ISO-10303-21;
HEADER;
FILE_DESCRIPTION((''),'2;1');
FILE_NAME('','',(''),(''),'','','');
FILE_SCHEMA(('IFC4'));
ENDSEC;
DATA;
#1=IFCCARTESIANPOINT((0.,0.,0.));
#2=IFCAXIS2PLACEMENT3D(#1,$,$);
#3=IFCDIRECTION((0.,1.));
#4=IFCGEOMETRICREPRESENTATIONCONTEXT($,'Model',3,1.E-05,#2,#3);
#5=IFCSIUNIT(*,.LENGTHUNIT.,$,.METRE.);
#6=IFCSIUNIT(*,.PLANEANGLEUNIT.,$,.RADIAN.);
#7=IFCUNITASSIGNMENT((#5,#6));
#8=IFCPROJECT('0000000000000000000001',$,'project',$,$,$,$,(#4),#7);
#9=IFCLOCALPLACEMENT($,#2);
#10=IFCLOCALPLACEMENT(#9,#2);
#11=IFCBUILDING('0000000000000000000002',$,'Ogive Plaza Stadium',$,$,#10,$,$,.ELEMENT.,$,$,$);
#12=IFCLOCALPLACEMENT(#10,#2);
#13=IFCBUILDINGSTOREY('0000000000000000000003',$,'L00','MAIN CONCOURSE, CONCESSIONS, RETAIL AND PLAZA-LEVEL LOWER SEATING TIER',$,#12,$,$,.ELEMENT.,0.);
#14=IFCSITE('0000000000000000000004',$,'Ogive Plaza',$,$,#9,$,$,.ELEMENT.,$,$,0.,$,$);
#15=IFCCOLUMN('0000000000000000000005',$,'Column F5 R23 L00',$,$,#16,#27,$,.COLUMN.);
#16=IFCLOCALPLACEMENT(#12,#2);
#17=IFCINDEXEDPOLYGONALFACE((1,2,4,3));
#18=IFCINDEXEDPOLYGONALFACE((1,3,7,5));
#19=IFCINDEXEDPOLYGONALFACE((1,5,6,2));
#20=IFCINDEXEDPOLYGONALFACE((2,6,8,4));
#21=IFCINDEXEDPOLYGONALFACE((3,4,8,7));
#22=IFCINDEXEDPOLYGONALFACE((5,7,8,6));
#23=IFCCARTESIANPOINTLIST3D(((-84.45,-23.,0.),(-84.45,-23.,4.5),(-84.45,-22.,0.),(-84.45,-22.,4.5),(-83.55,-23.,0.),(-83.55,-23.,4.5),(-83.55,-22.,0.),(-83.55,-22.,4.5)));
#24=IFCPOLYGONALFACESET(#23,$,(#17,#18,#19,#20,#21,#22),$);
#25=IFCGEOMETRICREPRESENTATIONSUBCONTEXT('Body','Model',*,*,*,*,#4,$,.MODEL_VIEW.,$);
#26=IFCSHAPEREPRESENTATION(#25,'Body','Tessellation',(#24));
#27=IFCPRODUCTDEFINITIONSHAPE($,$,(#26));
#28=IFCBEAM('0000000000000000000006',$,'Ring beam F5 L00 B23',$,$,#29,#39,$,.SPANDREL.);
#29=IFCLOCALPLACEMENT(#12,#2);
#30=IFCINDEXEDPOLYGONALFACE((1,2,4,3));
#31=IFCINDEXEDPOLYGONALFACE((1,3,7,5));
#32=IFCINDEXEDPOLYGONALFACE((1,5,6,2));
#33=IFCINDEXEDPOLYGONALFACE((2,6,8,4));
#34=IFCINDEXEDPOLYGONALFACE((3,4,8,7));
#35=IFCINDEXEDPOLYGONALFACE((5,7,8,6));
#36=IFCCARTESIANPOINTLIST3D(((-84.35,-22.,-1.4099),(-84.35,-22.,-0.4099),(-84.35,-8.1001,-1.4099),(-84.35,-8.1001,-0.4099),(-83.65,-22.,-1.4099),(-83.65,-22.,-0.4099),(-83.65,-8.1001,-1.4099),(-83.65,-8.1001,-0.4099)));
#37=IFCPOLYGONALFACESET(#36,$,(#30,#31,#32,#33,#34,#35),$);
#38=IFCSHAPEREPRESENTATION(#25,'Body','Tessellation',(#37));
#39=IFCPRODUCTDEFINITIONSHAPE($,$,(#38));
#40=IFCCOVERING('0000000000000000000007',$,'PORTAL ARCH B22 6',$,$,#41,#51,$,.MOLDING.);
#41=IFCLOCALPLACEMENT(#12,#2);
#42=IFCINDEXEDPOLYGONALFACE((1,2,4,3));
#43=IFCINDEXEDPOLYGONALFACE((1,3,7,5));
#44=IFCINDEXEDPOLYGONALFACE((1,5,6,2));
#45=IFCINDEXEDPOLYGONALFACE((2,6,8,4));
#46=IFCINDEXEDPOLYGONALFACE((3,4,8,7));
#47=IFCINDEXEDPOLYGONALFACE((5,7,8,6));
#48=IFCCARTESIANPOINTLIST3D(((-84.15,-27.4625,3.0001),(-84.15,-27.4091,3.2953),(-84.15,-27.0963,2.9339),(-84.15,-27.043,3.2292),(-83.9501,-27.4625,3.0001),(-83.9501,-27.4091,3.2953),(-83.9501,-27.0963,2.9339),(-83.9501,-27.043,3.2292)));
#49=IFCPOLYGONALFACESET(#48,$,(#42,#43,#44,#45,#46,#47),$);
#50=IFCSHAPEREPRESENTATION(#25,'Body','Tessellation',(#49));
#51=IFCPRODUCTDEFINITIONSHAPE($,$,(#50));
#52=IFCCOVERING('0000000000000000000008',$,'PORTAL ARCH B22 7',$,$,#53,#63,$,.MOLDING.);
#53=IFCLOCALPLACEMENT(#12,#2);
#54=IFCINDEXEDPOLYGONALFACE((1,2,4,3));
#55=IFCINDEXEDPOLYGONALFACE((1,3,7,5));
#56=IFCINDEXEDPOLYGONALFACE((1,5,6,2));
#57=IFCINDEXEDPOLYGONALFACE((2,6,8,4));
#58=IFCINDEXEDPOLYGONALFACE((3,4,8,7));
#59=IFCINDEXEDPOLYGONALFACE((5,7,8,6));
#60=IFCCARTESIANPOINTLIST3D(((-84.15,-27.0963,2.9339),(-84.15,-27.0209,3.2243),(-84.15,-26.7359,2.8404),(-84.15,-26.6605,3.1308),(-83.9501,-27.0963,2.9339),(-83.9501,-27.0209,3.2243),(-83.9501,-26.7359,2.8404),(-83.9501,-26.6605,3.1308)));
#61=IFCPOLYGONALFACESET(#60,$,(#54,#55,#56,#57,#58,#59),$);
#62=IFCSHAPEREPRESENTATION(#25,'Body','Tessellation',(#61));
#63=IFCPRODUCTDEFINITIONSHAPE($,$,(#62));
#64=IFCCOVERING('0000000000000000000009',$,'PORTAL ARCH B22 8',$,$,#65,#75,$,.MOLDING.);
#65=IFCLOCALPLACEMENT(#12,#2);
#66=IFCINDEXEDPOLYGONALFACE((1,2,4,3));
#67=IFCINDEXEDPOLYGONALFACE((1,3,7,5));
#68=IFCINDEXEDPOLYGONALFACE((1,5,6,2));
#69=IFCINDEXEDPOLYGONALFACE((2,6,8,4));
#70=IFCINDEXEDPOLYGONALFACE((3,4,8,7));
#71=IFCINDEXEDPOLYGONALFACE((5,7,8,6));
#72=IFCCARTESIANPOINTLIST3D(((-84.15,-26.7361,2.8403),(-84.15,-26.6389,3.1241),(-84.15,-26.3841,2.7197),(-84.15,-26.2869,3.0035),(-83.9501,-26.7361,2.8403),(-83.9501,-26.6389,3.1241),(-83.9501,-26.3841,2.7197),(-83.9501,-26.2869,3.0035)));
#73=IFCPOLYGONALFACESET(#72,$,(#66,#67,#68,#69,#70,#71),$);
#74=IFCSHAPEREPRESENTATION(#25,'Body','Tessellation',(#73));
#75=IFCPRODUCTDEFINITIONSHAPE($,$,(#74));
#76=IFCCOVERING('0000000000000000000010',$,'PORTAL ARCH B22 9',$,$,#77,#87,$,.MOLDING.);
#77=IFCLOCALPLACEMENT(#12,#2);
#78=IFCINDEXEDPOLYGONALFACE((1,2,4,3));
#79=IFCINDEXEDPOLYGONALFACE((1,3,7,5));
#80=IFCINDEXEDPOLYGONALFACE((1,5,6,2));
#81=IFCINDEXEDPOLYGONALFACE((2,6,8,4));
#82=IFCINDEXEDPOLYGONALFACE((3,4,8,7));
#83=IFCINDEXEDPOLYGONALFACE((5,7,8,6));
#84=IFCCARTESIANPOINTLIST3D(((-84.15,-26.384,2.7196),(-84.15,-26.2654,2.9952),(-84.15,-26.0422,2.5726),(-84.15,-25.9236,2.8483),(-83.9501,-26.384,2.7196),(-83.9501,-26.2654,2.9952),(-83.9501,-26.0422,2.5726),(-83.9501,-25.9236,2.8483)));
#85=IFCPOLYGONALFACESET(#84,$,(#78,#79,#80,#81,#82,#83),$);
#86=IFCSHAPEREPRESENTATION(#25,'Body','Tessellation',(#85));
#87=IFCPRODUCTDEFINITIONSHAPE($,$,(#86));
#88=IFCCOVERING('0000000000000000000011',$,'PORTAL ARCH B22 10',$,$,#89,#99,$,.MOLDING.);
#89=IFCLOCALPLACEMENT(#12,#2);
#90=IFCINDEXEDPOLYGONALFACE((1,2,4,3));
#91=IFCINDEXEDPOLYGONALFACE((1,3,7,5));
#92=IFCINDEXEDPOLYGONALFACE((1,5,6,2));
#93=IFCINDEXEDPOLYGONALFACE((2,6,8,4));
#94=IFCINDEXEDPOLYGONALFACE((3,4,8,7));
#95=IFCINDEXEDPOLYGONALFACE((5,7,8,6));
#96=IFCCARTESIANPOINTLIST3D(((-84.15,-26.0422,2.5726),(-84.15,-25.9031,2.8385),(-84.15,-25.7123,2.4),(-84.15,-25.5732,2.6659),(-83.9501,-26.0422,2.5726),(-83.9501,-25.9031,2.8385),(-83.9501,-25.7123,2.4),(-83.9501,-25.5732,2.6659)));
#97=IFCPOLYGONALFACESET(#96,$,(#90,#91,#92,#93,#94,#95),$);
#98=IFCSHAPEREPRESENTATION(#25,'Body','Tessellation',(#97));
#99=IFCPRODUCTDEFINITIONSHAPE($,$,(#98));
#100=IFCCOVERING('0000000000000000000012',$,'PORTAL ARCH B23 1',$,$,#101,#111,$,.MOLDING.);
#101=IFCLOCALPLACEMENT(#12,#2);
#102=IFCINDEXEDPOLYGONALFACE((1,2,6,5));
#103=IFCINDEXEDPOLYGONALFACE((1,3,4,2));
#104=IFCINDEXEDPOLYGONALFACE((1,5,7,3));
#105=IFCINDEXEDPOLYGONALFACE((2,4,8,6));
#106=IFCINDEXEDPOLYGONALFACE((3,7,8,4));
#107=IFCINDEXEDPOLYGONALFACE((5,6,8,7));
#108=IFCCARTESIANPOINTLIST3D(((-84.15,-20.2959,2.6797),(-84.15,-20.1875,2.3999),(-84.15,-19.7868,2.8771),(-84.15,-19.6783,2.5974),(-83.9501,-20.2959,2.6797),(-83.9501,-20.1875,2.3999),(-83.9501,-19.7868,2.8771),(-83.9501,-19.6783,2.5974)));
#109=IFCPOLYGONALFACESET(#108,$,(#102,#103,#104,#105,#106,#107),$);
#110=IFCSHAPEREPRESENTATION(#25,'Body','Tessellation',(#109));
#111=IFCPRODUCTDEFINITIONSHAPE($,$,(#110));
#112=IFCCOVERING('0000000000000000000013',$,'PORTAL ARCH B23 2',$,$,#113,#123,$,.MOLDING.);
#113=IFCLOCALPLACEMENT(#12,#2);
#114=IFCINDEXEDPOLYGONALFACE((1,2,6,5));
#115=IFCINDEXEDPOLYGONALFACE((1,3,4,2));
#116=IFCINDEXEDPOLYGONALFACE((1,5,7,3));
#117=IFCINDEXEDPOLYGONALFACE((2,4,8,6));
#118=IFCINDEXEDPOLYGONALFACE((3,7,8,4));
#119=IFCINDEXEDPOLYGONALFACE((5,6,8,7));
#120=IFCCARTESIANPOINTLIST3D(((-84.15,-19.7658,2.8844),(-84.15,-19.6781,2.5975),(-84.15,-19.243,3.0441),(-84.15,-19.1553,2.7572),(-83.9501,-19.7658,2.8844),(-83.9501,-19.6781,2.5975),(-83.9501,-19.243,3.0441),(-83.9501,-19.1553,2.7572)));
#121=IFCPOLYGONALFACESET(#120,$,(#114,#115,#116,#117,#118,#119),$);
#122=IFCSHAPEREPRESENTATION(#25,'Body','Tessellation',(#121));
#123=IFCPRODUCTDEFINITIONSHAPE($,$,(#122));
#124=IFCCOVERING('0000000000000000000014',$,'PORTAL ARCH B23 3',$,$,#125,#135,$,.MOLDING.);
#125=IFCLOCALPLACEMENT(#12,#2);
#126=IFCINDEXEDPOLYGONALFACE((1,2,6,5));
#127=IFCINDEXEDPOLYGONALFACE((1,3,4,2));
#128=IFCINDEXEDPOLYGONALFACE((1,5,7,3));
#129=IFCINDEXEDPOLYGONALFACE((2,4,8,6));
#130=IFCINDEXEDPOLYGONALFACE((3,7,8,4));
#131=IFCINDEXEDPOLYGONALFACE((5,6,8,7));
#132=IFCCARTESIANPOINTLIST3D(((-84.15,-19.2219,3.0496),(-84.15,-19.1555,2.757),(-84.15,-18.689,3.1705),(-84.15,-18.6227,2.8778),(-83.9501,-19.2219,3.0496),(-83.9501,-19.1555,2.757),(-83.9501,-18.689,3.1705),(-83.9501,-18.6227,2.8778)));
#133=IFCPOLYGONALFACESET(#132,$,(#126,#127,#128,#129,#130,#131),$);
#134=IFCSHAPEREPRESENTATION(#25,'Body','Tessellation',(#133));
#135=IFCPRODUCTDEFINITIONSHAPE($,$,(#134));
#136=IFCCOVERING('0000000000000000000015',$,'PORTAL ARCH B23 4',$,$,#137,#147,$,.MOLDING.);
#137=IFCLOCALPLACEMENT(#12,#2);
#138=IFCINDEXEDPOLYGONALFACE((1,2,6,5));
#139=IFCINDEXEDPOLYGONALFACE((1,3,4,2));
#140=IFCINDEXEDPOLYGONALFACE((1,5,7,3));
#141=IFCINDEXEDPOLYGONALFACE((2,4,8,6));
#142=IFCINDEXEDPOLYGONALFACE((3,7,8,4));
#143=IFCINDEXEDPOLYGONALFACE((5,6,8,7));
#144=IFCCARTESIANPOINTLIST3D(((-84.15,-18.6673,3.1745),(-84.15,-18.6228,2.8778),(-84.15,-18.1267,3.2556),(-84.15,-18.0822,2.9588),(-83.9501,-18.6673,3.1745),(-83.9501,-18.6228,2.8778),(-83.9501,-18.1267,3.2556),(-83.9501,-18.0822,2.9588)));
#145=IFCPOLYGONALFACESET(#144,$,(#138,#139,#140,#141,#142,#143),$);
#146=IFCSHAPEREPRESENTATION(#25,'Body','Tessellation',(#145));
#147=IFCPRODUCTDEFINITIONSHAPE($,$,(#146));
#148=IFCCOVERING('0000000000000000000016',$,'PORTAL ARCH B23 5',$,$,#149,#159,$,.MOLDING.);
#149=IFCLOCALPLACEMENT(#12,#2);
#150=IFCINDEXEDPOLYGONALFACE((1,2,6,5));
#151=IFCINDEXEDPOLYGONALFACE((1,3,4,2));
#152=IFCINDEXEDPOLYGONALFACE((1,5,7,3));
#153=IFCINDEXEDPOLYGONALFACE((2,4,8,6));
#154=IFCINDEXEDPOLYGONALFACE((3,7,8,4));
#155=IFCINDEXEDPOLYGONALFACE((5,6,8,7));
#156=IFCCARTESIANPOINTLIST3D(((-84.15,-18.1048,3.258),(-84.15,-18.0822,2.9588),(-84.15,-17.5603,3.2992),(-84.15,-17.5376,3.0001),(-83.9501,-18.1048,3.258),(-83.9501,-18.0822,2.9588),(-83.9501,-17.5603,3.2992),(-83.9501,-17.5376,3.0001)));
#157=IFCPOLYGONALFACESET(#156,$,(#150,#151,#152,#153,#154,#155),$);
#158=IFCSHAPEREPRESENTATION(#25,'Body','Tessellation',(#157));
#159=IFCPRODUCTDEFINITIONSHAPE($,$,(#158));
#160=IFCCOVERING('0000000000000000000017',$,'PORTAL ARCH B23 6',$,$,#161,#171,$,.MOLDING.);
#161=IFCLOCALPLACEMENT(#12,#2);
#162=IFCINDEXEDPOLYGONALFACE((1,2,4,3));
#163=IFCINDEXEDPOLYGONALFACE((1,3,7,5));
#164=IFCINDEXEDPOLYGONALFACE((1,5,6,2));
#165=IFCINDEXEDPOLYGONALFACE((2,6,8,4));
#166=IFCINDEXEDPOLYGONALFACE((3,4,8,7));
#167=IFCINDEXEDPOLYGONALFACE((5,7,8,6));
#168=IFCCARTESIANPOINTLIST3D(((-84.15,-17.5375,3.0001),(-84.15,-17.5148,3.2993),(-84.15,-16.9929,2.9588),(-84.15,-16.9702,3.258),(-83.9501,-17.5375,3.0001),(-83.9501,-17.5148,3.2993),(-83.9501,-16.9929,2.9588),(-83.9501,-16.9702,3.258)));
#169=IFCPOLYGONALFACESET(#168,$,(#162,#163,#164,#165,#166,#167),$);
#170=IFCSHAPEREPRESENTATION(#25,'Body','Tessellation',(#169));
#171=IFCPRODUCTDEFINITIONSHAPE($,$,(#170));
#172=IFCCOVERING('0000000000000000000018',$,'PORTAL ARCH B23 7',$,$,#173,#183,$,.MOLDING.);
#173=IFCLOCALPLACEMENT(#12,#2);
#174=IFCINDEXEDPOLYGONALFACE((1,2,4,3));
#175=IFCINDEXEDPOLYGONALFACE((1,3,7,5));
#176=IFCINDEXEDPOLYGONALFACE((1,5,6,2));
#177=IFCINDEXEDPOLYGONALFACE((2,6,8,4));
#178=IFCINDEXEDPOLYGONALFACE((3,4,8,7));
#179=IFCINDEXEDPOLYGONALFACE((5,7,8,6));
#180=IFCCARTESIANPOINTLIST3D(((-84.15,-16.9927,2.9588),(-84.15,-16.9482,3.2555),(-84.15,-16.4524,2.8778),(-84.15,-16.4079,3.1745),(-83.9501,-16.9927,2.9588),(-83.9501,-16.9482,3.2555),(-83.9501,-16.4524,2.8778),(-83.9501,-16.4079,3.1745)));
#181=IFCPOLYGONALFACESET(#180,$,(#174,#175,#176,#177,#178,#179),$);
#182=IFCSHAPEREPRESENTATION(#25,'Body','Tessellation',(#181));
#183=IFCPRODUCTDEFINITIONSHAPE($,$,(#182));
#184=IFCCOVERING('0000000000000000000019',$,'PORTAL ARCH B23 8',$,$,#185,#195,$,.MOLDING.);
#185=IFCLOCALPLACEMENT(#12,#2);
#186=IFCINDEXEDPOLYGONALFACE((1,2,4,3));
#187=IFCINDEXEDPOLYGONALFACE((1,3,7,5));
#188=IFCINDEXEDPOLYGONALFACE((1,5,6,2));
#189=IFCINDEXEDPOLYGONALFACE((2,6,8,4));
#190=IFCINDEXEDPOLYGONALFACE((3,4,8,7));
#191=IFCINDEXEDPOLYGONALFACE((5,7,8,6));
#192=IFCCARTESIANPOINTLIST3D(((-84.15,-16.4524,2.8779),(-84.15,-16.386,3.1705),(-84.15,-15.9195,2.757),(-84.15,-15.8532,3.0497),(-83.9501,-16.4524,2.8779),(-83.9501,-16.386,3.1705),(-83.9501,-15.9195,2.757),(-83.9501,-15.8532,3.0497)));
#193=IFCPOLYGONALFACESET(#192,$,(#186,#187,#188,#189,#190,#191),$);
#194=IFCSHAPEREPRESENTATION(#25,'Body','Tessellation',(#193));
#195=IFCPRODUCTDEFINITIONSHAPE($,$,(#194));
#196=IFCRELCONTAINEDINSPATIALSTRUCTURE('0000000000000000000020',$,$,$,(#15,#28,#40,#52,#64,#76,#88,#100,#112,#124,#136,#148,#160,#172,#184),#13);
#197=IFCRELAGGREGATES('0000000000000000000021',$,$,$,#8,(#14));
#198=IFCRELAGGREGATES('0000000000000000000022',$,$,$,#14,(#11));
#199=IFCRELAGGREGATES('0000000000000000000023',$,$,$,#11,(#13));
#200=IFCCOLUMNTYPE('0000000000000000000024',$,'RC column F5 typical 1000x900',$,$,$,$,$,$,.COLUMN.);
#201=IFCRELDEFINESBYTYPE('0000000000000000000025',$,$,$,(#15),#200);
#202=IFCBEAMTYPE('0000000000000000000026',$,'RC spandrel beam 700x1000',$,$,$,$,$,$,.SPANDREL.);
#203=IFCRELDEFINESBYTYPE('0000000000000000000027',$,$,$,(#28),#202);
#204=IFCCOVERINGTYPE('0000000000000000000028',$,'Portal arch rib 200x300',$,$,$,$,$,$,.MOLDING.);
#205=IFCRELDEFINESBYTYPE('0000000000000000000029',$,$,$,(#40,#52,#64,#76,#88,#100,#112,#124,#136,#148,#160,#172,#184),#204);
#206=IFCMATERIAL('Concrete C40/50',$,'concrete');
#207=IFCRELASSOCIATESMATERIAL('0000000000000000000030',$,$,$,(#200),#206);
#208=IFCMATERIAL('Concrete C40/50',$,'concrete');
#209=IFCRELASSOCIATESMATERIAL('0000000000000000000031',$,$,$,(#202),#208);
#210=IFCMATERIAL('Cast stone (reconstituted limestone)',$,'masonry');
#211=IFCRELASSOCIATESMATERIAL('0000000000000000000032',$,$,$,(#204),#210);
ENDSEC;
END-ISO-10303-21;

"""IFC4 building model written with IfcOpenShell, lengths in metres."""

from ifc_helpers import new_model, si_unit, direction, frame, origin, origin_2d, place, context, subcontext, project, spatial, rectangle, extrude, material, material_profile, profile_set, type_object, element, save


model = new_model("IFC4")

# Units and contexts
model_context = context("Model", 3, precision=1e-05, world=origin(), true_north=direction((0.0, 1.0)))
body_context = subcontext(model_context, "Body", "Model", "MODEL_VIEW")
ifc_project = project(units=[si_unit("LENGTHUNIT", "METRE"), si_unit("PLANEANGLEUNIT", "RADIAN")], contexts=[model_context])

# Site, building, storey
site_placement = place(None, origin())
site = spatial("IfcSite", under=ifc_project, at=site_placement, Name="Ogive Plaza", CompositionType="ELEMENT", RefElevation=0.0)
building_placement = place(site_placement, origin())
building = spatial("IfcBuilding", under=site, at=building_placement, Name="Ogive Plaza Stadium", CompositionType="ELEMENT")
storey_placement = place(building_placement, origin())
storey = spatial("IfcBuildingStorey", under=building, at=storey_placement, Name="L00", Description="MAIN CONCOURSE, CONCESSIONS, RETAIL AND PLAZA-LEVEL LOWER SEATING TIER", CompositionType="ELEMENT", Elevation=0.0)

# Column
ifc_material_1 = material(Name="Concrete C40/50", Category="concrete")
ifc_material_profile_1 = material_profile(ifc_material_1, rectangle(XDim=1.0, YDim=0.8999, at=origin_2d()), Name="RC 1000x900")
ifc_profile_set_1 = profile_set([ifc_material_profile_1], Name="Concrete C40/50")
column_type = type_object("IfcColumnType", Name="RC column F5 typical 1000x900", PredefinedType="COLUMN", material=ifc_profile_set_1)
column_placement = place(storey_placement, frame((-84.0, -22.5, 0.0), z_axis=(0.0, 0.0, 1.0), x_axis=(0.0, -1.0, 0.0)))
element("IfcColumn", 1, at=column_placement, inside=storey, type_object=column_type, Name="Column F5 R23 L00", PredefinedType="COLUMN", context=body_context, shape_type="SweptSolid", body=[
    extrude(rectangle(XDim=1.0, YDim=0.8999, at=origin_2d()), origin(), (0.0, 0.0, 1.0), 4.5),
])

# Beam
ifc_material_2 = material(Name="Concrete C40/50", Category="concrete")
ifc_material_profile_2 = material_profile(ifc_material_2, rectangle(XDim=0.7, YDim=1.0, at=origin_2d()), Name="RC 700x1000")
ifc_profile_set_2 = profile_set([ifc_material_profile_2], Name="Concrete C40/50")
beam_type = type_object("IfcBeamType", Name="RC spandrel beam 700x1000", PredefinedType="SPANDREL", material=ifc_profile_set_2)
beam_placement = place(storey_placement, frame((-84.0, -22.0, -0.9099), z_axis=(0.0, 1.0, 0.0), x_axis=(-1.0, 0.0, 0.0)))
element("IfcBeam", 2, at=beam_placement, inside=storey, type_object=beam_type, Name="Ring beam F5 L00 B23", PredefinedType="SPANDREL", context=body_context, shape_type="SweptSolid", body=[
    extrude(rectangle(XDim=0.7, YDim=1.0, at=origin_2d()), origin(), (0.0, 0.0, 1.0), 13.8999),
])

# Coverings
ifc_material_3 = material(Name="Cast stone (reconstituted limestone)", Category="masonry")
ifc_material_profile_3 = material_profile(ifc_material_3, rectangle(XDim=0.2, YDim=0.3, at=origin_2d()), Name="Cast stone 200x300")
ifc_profile_set_3 = profile_set([ifc_material_profile_3], Name="Cast stone (reconstituted limestone)")
covering_type = type_object("IfcCoveringType", Name="Portal arch rib 200x300", PredefinedType="MOLDING", material=ifc_profile_set_3)
covering_1_placement = place(storey_placement, frame((-84.05, -27.4358, 3.1477), z_axis=(0.0, 0.984069, -0.177788), x_axis=(-1.0, 0.0, 0.0)))
element("IfcCovering", 3, at=covering_1_placement, inside=storey, type_object=covering_type, Name="PORTAL ARCH B22 6", PredefinedType="MOLDING", context=body_context, shape_type="SweptSolid", body=[
    extrude(rectangle(XDim=0.2, YDim=0.3, at=origin_2d()), origin(), (0.0, 0.0, 1.0), 0.3721),
])
covering_2_placement = place(storey_placement, frame((-84.05, -27.0586, 3.0791), z_axis=(0.0, 0.967944, -0.251167), x_axis=(-1.0, 0.0, 0.0)))
element("IfcCovering", 4, at=covering_2_placement, inside=storey, type_object=covering_type, Name="PORTAL ARCH B22 7", PredefinedType="MOLDING", context=body_context, shape_type="SweptSolid", body=[
    extrude(rectangle(XDim=0.2, YDim=0.3, at=origin_2d()), origin(), (0.0, 0.0, 1.0), 0.3723),
])
for number, where, z_axis, x_axis, name in (
    (5, (-84.05, -26.6875, 2.9822), (0.0, 0.946026, -0.324089), (-1.0, 0.0, 0.0), "PORTAL ARCH B22 8"),
    (6, (-84.05, -26.3247, 2.8574), (0.0, 0.918669, -0.395028), (-1.0, 0.0, 0.0), "PORTAL ARCH B22 9"),
):
    element("IfcCovering", number, at=place(storey_placement, frame(where, z_axis=z_axis, x_axis=x_axis)), inside=storey, type_object=covering_type, Name=name, PredefinedType="MOLDING", context=body_context, shape_type="SweptSolid", body=[
        extrude(rectangle(XDim=0.2, YDim=0.3, at=origin_2d()), origin(), (0.0, 0.0, 1.0), 0.3721),
    ])
covering_3_placement = place(storey_placement, frame((-84.05, -25.9727, 2.7056), z_axis=(0.0, 0.886011, -0.463664), x_axis=(-1.0, 0.0, 0.0)))
element("IfcCovering", 7, at=covering_3_placement, inside=storey, type_object=covering_type, Name="PORTAL ARCH B22 10", PredefinedType="MOLDING", context=body_context, shape_type="SweptSolid", body=[
    extrude(rectangle(XDim=0.2, YDim=0.3, at=origin_2d()), origin(), (0.0, 0.0, 1.0), 0.3723),
])
covering_4_placement = place(storey_placement, frame((-84.05, -20.2417, 2.5398), z_axis=(0.0, 0.93234, 0.361583), x_axis=(-1.0, 0.0, 0.0)))
element("IfcCovering", 8, at=covering_4_placement, inside=storey, type_object=covering_type, Name="PORTAL ARCH B23 1", PredefinedType="MOLDING", context=body_context, shape_type="SweptSolid", body=[
    extrude(rectangle(XDim=0.2, YDim=0.3, at=origin_2d()), origin(), (0.0, 0.0, 1.0), 0.5461),
])
covering_5_placement = place(storey_placement, frame((-84.05, -19.7219, 2.741), z_axis=(0.0, 0.956376, 0.292139), x_axis=(-1.0, 0.0, 0.0)))
element("IfcCovering", 9, at=covering_5_placement, inside=storey, type_object=covering_type, Name="PORTAL ARCH B23 2", PredefinedType="MOLDING", context=body_context, shape_type="SweptSolid", body=[
    extrude(rectangle(XDim=0.2, YDim=0.3, at=origin_2d()), origin(), (0.0, 0.0, 1.0), 0.5466),
])
covering_6_placement = place(storey_placement, frame((-84.05, -19.1887, 2.9033), z_axis=(0.0, 0.975242, 0.221138), x_axis=(-1.0, 0.0, 0.0)))
element("IfcCovering", 10, at=covering_6_placement, inside=storey, type_object=covering_type, Name="PORTAL ARCH B23 3", PredefinedType="MOLDING", context=body_context, shape_type="SweptSolid", body=[
    extrude(rectangle(XDim=0.2, YDim=0.3, at=origin_2d()), origin(), (0.0, 0.0, 1.0), 0.5464),
])
covering_7_placement = place(storey_placement, frame((-84.05, -18.645, 3.0261), z_axis=(0.0, 0.988943, 0.148297), x_axis=(-1.0, 0.0, 0.0)))
element("IfcCovering", 11, at=covering_7_placement, inside=storey, type_object=covering_type, Name="PORTAL ARCH B23 4", PredefinedType="MOLDING", context=body_context, shape_type="SweptSolid", body=[
    extrude(rectangle(XDim=0.2, YDim=0.3, at=origin_2d()), origin(), (0.0, 0.0, 1.0), 0.5466),
])
for number, where, z_axis, x_axis, name in (
    (12, (-84.05, -18.0935, 3.1084), (0.0, 0.997143, 0.075534), (-1.0, 0.0, 0.0), "PORTAL ARCH B23 5"),
    (13, (-84.05, -17.5261, 3.1497), (0.0, 0.997143, -0.075534), (-1.0, 0.0, 0.0), "PORTAL ARCH B23 6"),
):
    element("IfcCovering", number, at=place(storey_placement, frame(where, z_axis=z_axis, x_axis=x_axis)), inside=storey, type_object=covering_type, Name=name, PredefinedType="MOLDING", context=body_context, shape_type="SweptSolid", body=[
        extrude(rectangle(XDim=0.2, YDim=0.3, at=origin_2d()), origin(), (0.0, 0.0, 1.0), 0.5461),
    ])
for number, where, z_axis, x_axis, name in (
    (14, (-84.05, -16.9705, 3.1072), (0.0, 0.988933, -0.148362), (-1.0, 0.0, 0.0), "PORTAL ARCH B23 7"),
    (15, (-84.05, -16.4192, 3.0242), (0.0, 0.975242, -0.221138), (-1.0, 0.0, 0.0), "PORTAL ARCH B23 8"),
):
    element("IfcCovering", number, at=place(storey_placement, frame(where, z_axis=z_axis, x_axis=x_axis)), inside=storey, type_object=covering_type, Name=name, PredefinedType="MOLDING", context=body_context, shape_type="SweptSolid", body=[
        extrude(rectangle(XDim=0.2, YDim=0.3, at=origin_2d()), origin(), (0.0, 0.0, 1.0), 0.5464),
    ])

save(model, "model.ifc")
